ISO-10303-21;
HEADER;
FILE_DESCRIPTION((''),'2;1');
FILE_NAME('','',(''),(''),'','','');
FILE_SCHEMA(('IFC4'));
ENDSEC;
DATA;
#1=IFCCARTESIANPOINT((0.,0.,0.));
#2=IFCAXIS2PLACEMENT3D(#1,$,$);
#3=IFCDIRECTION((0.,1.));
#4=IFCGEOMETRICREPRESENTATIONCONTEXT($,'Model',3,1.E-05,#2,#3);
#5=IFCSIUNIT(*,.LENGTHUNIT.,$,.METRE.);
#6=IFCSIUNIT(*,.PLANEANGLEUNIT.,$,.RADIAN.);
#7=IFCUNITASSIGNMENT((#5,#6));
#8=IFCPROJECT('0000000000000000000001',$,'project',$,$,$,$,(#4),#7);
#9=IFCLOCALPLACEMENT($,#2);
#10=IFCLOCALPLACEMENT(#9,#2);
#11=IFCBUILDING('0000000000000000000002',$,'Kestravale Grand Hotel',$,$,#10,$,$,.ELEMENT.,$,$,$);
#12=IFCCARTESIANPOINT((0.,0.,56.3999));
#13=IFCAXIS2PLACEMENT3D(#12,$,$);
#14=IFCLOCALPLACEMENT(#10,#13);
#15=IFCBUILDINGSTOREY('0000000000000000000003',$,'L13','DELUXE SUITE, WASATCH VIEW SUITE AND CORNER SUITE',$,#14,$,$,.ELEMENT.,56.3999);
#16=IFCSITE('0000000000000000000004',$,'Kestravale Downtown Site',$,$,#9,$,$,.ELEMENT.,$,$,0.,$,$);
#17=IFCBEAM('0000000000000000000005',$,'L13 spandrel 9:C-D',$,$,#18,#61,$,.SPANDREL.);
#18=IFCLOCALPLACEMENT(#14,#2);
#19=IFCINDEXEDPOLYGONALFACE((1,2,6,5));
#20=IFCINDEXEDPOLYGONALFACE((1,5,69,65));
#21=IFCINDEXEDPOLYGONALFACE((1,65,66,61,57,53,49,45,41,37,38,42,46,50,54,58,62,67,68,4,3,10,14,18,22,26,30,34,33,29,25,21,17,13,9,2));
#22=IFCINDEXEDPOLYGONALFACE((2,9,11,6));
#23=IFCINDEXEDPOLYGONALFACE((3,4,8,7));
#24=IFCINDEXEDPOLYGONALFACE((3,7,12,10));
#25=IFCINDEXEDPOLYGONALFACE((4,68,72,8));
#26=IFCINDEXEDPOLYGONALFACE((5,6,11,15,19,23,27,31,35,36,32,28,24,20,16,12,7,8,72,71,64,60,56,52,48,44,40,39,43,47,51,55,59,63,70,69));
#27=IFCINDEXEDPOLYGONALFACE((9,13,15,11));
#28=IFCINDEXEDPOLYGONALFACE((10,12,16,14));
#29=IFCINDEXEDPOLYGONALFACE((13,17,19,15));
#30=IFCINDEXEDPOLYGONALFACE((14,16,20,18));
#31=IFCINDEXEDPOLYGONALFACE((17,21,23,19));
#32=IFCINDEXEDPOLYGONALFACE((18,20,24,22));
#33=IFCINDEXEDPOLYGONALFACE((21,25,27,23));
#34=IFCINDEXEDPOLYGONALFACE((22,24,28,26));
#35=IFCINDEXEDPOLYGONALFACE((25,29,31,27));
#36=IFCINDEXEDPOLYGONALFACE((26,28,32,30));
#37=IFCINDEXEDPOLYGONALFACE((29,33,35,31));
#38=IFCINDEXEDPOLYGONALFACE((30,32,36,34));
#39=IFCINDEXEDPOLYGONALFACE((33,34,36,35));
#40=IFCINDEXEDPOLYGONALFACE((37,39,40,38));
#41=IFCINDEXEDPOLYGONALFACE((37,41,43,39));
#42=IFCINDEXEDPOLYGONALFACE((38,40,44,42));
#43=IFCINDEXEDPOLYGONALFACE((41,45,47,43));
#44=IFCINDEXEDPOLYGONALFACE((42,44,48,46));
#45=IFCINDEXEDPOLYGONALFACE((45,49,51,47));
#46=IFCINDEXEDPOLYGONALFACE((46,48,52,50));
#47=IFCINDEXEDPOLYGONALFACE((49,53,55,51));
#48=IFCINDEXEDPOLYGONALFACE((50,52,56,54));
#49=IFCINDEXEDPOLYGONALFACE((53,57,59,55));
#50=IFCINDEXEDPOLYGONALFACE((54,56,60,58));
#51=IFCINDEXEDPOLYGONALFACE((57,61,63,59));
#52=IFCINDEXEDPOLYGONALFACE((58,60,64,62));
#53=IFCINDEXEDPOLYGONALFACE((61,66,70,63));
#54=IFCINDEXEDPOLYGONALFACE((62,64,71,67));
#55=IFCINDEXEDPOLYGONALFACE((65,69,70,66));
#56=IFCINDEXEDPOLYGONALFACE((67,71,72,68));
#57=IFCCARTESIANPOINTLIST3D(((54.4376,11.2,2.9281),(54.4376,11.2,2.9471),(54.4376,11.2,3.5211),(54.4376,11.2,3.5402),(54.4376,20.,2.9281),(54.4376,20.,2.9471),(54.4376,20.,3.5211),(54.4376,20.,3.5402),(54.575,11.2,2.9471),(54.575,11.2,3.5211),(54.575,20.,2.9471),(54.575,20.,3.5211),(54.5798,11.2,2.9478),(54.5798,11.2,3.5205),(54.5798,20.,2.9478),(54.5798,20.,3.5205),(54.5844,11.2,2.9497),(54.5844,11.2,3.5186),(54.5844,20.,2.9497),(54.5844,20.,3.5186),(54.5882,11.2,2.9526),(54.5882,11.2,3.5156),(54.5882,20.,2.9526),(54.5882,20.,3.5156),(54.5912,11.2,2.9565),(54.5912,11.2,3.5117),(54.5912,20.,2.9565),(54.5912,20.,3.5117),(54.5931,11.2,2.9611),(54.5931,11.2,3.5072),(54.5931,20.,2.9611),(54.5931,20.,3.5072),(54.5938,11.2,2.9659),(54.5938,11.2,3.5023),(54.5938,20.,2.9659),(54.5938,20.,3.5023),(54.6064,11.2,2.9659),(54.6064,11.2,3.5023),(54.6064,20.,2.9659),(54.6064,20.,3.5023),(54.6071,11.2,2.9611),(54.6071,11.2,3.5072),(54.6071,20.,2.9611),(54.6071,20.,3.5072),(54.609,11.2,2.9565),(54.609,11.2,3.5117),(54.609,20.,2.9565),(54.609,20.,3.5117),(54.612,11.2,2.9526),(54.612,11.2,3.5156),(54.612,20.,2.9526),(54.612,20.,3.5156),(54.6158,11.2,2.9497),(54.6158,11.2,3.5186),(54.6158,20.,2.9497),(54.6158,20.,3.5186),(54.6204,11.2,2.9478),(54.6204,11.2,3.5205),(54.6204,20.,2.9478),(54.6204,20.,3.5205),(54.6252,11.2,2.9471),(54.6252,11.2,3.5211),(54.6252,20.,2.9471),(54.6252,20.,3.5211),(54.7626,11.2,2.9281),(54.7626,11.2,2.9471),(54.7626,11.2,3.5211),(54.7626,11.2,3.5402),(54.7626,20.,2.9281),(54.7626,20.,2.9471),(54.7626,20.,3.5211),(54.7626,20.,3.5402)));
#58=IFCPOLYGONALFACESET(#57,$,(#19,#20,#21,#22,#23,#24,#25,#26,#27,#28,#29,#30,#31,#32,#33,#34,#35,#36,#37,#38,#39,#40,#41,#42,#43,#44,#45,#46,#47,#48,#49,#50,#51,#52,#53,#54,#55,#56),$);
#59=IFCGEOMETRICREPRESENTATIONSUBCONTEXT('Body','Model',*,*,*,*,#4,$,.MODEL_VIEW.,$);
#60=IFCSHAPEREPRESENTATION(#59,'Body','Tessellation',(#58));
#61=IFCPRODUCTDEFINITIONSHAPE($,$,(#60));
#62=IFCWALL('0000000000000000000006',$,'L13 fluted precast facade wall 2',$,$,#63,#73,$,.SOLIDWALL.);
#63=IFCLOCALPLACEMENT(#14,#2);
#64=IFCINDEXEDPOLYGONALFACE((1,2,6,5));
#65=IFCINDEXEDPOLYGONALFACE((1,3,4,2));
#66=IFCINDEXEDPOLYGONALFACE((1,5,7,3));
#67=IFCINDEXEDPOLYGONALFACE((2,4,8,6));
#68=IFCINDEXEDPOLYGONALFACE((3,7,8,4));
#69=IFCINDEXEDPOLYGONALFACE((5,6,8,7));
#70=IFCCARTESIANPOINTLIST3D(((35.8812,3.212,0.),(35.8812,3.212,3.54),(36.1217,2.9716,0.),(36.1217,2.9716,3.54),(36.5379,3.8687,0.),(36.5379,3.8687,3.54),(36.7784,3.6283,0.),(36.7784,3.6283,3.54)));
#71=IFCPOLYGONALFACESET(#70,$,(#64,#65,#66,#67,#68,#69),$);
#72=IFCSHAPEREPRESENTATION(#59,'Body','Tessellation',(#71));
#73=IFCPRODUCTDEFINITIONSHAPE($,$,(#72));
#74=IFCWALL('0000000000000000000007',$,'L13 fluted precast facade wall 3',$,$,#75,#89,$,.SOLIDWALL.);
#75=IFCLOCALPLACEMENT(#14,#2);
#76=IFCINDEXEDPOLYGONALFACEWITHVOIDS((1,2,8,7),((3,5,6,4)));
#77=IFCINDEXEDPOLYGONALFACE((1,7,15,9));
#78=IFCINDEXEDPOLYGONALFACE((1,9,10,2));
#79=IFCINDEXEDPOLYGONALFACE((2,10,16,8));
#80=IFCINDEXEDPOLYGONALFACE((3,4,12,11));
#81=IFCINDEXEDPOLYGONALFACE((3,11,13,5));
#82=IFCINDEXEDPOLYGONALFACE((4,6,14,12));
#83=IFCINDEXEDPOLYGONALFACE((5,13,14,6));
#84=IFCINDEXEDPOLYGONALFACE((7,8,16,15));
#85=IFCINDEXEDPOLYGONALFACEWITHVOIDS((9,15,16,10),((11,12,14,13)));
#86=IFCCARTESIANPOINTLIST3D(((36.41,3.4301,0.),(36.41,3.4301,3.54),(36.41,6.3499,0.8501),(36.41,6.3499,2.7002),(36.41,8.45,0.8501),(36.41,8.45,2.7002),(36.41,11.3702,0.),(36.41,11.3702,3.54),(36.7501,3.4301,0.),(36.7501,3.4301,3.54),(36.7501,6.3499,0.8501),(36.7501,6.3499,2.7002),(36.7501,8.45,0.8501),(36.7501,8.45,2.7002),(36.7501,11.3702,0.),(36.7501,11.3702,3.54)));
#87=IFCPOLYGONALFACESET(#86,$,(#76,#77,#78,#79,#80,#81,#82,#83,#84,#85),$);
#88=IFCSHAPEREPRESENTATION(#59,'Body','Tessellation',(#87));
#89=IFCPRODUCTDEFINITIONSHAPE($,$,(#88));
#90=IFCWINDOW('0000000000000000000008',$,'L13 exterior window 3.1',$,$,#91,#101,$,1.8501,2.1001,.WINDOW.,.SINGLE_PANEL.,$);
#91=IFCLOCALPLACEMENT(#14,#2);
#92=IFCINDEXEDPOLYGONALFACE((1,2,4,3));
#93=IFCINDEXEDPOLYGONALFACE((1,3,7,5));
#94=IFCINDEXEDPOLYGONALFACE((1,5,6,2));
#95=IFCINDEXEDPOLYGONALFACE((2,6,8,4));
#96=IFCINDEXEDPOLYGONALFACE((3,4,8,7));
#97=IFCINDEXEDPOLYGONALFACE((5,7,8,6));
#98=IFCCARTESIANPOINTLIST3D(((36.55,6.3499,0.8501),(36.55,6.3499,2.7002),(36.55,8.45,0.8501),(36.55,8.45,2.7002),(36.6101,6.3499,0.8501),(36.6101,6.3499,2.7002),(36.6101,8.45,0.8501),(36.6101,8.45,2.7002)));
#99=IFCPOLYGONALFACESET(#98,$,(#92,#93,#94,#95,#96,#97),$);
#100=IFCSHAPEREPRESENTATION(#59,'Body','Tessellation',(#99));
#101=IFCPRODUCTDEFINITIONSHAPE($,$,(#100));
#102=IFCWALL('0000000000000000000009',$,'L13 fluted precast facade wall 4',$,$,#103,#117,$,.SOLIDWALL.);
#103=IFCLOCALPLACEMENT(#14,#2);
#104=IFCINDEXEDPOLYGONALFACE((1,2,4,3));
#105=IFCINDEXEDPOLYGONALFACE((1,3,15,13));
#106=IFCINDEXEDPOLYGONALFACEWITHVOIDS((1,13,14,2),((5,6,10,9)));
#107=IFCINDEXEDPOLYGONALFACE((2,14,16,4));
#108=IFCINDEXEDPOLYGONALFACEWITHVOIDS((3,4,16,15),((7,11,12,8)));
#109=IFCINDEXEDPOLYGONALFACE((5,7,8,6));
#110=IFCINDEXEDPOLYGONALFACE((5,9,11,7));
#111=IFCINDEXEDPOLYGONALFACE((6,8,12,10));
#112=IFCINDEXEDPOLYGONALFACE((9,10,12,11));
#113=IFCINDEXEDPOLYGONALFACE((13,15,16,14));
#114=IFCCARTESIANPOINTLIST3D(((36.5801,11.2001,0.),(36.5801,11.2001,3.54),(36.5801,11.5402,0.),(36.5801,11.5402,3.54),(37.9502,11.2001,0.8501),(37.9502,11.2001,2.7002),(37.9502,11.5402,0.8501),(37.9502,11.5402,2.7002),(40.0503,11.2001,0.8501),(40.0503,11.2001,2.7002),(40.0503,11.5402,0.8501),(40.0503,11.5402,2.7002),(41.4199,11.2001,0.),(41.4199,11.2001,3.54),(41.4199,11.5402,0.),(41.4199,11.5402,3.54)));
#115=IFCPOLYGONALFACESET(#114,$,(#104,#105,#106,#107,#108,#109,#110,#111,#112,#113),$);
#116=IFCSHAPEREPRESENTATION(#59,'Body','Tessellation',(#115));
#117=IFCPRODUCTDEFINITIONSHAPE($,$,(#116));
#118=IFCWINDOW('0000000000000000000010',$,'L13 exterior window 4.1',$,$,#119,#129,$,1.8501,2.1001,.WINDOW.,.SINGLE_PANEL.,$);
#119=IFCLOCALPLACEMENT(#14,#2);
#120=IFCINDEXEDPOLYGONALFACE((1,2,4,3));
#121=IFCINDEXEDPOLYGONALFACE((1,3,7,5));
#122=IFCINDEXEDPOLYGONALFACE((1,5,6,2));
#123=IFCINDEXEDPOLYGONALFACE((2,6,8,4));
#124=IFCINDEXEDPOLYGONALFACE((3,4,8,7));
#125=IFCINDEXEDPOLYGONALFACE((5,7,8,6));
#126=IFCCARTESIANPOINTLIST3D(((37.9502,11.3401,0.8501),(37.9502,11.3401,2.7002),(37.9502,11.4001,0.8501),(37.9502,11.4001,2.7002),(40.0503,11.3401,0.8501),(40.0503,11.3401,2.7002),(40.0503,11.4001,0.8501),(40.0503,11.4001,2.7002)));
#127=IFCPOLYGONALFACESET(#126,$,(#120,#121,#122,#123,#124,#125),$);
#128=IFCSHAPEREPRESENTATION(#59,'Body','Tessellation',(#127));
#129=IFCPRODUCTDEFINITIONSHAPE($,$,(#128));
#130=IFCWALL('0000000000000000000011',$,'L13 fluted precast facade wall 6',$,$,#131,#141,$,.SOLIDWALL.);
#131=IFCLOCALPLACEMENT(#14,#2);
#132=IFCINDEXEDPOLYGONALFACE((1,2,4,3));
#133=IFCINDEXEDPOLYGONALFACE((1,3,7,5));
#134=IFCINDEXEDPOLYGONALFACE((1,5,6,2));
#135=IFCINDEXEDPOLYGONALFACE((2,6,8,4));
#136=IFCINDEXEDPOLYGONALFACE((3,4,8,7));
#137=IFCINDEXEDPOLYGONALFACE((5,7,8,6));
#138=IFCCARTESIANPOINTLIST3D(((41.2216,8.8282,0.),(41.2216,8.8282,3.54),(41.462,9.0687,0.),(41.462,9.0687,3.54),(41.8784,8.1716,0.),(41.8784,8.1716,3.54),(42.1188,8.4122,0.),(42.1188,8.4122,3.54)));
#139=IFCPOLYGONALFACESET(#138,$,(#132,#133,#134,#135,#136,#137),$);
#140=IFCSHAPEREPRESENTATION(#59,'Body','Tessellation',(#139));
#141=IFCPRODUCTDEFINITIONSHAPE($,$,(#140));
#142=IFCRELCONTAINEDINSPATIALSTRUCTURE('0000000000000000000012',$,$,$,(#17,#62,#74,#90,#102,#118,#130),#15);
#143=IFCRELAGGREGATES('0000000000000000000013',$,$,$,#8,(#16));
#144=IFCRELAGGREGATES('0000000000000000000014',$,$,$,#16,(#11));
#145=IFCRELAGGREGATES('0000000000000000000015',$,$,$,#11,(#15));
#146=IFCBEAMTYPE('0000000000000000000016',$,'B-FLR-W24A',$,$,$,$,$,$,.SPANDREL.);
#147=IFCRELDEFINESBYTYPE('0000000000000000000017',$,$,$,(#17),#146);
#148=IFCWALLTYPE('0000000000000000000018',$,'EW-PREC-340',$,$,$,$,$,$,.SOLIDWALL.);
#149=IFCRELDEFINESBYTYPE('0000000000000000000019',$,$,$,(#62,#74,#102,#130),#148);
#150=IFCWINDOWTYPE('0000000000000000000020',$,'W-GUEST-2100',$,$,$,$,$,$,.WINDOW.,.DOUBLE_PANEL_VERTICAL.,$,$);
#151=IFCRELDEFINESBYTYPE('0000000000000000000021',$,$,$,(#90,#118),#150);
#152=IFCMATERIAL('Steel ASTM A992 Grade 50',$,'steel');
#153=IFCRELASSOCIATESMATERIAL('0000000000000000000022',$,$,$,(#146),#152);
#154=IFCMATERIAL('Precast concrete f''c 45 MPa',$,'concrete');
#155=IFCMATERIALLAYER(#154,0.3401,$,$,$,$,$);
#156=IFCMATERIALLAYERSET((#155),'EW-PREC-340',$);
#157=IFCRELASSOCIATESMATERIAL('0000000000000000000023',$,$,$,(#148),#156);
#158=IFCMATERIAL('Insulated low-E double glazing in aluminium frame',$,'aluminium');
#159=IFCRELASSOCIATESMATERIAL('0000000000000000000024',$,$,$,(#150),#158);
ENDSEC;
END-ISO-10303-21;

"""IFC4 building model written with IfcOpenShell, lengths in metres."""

from ifc_helpers import new_model, si_unit, direction, frame, frame_2d, origin, origin_2d, place, context, subcontext, project, spatial, rectangle, i_section, extrude, material, layer, layer_set, material_profile, profile_set, type_object, element, fill, save


model = new_model("IFC4")

# Units and contexts
model_context = context("Model", 3, precision=1e-05, world=origin(), true_north=direction((0.0, 1.0)))
body_context = subcontext(model_context, "Body", "Model", "MODEL_VIEW")
ifc_project = project(units=[si_unit("LENGTHUNIT", "METRE"), si_unit("PLANEANGLEUNIT", "RADIAN")], contexts=[model_context])

# Site, building, storey
site_placement = place(None, origin())
site = spatial("IfcSite", under=ifc_project, at=site_placement, Name="Kestravale Downtown Site", CompositionType="ELEMENT", RefElevation=0.0)
building_placement = place(site_placement, origin())
building = spatial("IfcBuilding", under=site, at=building_placement, Name="Kestravale Grand Hotel", CompositionType="ELEMENT")
storey_placement = place(building_placement, frame((0.0, 0.0, 56.3999)))
storey = spatial("IfcBuildingStorey", under=building, at=storey_placement, Name="L13", Description="DELUXE SUITE, WASATCH VIEW SUITE AND CORNER SUITE", CompositionType="ELEMENT", Elevation=56.3999)

# Beam
ifc_material_1 = material(Name="Steel ASTM A992 Grade 50", Category="steel")
ifc_material_profile_1 = material_profile(ifc_material_1, i_section(OverallWidth=0.325, OverallDepth=0.6121, WebThickness=0.0127, FlangeThickness=0.019, FilletRadius=0.0188, at=origin_2d()))
ifc_profile_set_1 = profile_set([ifc_material_profile_1], Name="Steel ASTM A992 Grade 50")
beam_type_1 = type_object("IfcBeamType", Name="B-FLR-W24A", PredefinedType="SPANDREL", material=ifc_profile_set_1)
beam_1_placement = place(storey_placement, frame((54.6001, 11.2, 3.2341), z_axis=(0.0, 1.0, 0.0), x_axis=(-1.0, 0.0, 0.0)))
element("IfcBeam", 1, at=beam_1_placement, inside=storey, type_object=beam_type_1, Name="L13 spandrel 9:C-D", PredefinedType="SPANDREL", context=body_context, shape_type="SweptSolid", body=[
    extrude(i_section(OverallWidth=0.325, OverallDepth=0.6121, WebThickness=0.0127, FlangeThickness=0.019, FilletRadius=0.0188, at=origin_2d()), origin(), (0.0, 0.0, 1.0), 8.8),
])

# Wall
ifc_material_2 = material(Name="Precast concrete f'c 45 MPa", Category="concrete")
ifc_layer_1 = layer(ifc_material_2, 0.3401)
ifc_layer_set_1 = layer_set([ifc_layer_1], Name="EW-PREC-340")
wall_type_1 = type_object("IfcWallType", Name="EW-PREC-340", PredefinedType="SOLIDWALL", material=ifc_layer_set_1)
wall_1_placement = place(storey_placement, frame((36.0015, 3.0918, 0.0), z_axis=(0.0, 0.0, 1.0), x_axis=(0.707107, 0.707107, 0.0)))
element("IfcWall", 2, at=wall_1_placement, inside=storey, type_object=wall_type_1, Name="L13 fluted precast facade wall 2", PredefinedType="SOLIDWALL", context=body_context, shape_type="SweptSolid", body=[
    extrude(rectangle(XDim=0.9287, YDim=0.3401, at=frame_2d((0.4644, 0.0))), origin(), (0.0, 0.0, 1.0), 3.54),
])

# Walls, openings, windows
wall_2_placement = place(storey_placement, frame((36.5801, 3.4299, 0.0), z_axis=(0.0, 0.0, 1.0), x_axis=(0.0, 1.0, 0.0)))
wall_2 = element("IfcWall", 3, at=wall_2_placement, inside=storey, type_object=wall_type_1, Name="L13 fluted precast facade wall 3", PredefinedType="SOLIDWALL", context=body_context, shape_type="SweptSolid", body=[
    extrude(rectangle(XDim=7.9402, YDim=0.3401, at=frame_2d((3.9702, 0.0))), origin(), (0.0, 0.0, 1.0), 3.54),
])
opening_1_placement = place(wall_2_placement, frame((2.9199, 0.0, 0.8501)))
opening_1 = element("IfcOpeningElement", 4, at=opening_1_placement, cuts=wall_2, PredefinedType="OPENING", context=body_context, shape_type="SweptSolid", body=[
    extrude(rectangle(XDim=2.1001, YDim=1.8501, at=frame_2d((1.05, 0.925))), frame((0.0, 0.1799, 0.0), z_axis=(0.0, -1.0, 0.0), x_axis=(1.0, 0.0, 0.0)), (0.0, 0.0, 1.0), 0.3601),
])
ifc_material_3 = material(Name="Insulated low-E double glazing in aluminium frame", Category="aluminium")
window_type_1 = type_object("IfcWindowType", Name="W-GUEST-2100", PartitioningType="DOUBLE_PANEL_VERTICAL", PredefinedType="WINDOW", material=ifc_material_3)
window_1_placement = place(opening_1_placement, origin())
window_1 = element("IfcWindow", 5, at=window_1_placement, inside=storey, type_object=window_type_1, Name="L13 exterior window 3.1", OverallHeight=1.8501, OverallWidth=2.1001, PartitioningType="SINGLE_PANEL", PredefinedType="WINDOW", context=body_context, shape_type="SweptSolid", body=[
    extrude(rectangle(XDim=2.1001, YDim=1.8501, at=frame_2d((1.05, 0.925))), frame((0.0, 0.03, 0.0), z_axis=(0.0, -1.0, 0.0), x_axis=(1.0, 0.0, 0.0)), (0.0, 0.0, 1.0), 0.0601),
])
fill(opening_1, window_1)
wall_3_placement = place(storey_placement, frame((36.5801, 11.3701, 0.0), z_axis=(0.0, 0.0, 1.0), x_axis=(1.0, 0.0, 0.0)))
wall_3 = element("IfcWall", 6, at=wall_3_placement, inside=storey, type_object=wall_type_1, Name="L13 fluted precast facade wall 4", PredefinedType="SOLIDWALL", context=body_context, shape_type="SweptSolid", body=[
    extrude(rectangle(XDim=4.8398, YDim=0.3401, at=frame_2d((2.4199, 0.0))), origin(), (0.0, 0.0, 1.0), 3.54),
])
opening_2_placement = place(wall_3_placement, frame((1.3701, 0.0, 0.8501)))
opening_2 = element("IfcOpeningElement", 7, at=opening_2_placement, cuts=wall_3, PredefinedType="OPENING", context=body_context, shape_type="SweptSolid", body=[
    extrude(rectangle(XDim=2.1001, YDim=1.8501, at=frame_2d((1.05, 0.925))), frame((0.0, 0.1799, 0.0), z_axis=(0.0, -1.0, 0.0), x_axis=(1.0, 0.0, 0.0)), (0.0, 0.0, 1.0), 0.3601),
])
window_2_placement = place(opening_2_placement, origin())
window_2 = element("IfcWindow", 8, at=window_2_placement, inside=storey, type_object=window_type_1, Name="L13 exterior window 4.1", OverallHeight=1.8501, OverallWidth=2.1001, PartitioningType="SINGLE_PANEL", PredefinedType="WINDOW", context=body_context, shape_type="SweptSolid", body=[
    extrude(rectangle(XDim=2.1001, YDim=1.8501, at=frame_2d((1.05, 0.925))), frame((0.0, 0.03, 0.0), z_axis=(0.0, -1.0, 0.0), x_axis=(1.0, 0.0, 0.0)), (0.0, 0.0, 1.0), 0.0601),
])
fill(opening_2, window_2)

# Wall
wall_4_placement = place(storey_placement, frame((41.3418, 8.9485, 0.0), z_axis=(0.0, 0.0, 1.0), x_axis=(0.707238, -0.706975, 0.0)))
element("IfcWall", 9, at=wall_4_placement, inside=storey, type_object=wall_type_1, Name="L13 fluted precast facade wall 6", PredefinedType="SOLIDWALL", context=body_context, shape_type="SweptSolid", body=[
    extrude(rectangle(XDim=0.9287, YDim=0.3401, at=frame_2d((0.4644, 0.0))), origin(), (0.0, 0.0, 1.0), 3.54),
])

save(model, "model.ifc")
